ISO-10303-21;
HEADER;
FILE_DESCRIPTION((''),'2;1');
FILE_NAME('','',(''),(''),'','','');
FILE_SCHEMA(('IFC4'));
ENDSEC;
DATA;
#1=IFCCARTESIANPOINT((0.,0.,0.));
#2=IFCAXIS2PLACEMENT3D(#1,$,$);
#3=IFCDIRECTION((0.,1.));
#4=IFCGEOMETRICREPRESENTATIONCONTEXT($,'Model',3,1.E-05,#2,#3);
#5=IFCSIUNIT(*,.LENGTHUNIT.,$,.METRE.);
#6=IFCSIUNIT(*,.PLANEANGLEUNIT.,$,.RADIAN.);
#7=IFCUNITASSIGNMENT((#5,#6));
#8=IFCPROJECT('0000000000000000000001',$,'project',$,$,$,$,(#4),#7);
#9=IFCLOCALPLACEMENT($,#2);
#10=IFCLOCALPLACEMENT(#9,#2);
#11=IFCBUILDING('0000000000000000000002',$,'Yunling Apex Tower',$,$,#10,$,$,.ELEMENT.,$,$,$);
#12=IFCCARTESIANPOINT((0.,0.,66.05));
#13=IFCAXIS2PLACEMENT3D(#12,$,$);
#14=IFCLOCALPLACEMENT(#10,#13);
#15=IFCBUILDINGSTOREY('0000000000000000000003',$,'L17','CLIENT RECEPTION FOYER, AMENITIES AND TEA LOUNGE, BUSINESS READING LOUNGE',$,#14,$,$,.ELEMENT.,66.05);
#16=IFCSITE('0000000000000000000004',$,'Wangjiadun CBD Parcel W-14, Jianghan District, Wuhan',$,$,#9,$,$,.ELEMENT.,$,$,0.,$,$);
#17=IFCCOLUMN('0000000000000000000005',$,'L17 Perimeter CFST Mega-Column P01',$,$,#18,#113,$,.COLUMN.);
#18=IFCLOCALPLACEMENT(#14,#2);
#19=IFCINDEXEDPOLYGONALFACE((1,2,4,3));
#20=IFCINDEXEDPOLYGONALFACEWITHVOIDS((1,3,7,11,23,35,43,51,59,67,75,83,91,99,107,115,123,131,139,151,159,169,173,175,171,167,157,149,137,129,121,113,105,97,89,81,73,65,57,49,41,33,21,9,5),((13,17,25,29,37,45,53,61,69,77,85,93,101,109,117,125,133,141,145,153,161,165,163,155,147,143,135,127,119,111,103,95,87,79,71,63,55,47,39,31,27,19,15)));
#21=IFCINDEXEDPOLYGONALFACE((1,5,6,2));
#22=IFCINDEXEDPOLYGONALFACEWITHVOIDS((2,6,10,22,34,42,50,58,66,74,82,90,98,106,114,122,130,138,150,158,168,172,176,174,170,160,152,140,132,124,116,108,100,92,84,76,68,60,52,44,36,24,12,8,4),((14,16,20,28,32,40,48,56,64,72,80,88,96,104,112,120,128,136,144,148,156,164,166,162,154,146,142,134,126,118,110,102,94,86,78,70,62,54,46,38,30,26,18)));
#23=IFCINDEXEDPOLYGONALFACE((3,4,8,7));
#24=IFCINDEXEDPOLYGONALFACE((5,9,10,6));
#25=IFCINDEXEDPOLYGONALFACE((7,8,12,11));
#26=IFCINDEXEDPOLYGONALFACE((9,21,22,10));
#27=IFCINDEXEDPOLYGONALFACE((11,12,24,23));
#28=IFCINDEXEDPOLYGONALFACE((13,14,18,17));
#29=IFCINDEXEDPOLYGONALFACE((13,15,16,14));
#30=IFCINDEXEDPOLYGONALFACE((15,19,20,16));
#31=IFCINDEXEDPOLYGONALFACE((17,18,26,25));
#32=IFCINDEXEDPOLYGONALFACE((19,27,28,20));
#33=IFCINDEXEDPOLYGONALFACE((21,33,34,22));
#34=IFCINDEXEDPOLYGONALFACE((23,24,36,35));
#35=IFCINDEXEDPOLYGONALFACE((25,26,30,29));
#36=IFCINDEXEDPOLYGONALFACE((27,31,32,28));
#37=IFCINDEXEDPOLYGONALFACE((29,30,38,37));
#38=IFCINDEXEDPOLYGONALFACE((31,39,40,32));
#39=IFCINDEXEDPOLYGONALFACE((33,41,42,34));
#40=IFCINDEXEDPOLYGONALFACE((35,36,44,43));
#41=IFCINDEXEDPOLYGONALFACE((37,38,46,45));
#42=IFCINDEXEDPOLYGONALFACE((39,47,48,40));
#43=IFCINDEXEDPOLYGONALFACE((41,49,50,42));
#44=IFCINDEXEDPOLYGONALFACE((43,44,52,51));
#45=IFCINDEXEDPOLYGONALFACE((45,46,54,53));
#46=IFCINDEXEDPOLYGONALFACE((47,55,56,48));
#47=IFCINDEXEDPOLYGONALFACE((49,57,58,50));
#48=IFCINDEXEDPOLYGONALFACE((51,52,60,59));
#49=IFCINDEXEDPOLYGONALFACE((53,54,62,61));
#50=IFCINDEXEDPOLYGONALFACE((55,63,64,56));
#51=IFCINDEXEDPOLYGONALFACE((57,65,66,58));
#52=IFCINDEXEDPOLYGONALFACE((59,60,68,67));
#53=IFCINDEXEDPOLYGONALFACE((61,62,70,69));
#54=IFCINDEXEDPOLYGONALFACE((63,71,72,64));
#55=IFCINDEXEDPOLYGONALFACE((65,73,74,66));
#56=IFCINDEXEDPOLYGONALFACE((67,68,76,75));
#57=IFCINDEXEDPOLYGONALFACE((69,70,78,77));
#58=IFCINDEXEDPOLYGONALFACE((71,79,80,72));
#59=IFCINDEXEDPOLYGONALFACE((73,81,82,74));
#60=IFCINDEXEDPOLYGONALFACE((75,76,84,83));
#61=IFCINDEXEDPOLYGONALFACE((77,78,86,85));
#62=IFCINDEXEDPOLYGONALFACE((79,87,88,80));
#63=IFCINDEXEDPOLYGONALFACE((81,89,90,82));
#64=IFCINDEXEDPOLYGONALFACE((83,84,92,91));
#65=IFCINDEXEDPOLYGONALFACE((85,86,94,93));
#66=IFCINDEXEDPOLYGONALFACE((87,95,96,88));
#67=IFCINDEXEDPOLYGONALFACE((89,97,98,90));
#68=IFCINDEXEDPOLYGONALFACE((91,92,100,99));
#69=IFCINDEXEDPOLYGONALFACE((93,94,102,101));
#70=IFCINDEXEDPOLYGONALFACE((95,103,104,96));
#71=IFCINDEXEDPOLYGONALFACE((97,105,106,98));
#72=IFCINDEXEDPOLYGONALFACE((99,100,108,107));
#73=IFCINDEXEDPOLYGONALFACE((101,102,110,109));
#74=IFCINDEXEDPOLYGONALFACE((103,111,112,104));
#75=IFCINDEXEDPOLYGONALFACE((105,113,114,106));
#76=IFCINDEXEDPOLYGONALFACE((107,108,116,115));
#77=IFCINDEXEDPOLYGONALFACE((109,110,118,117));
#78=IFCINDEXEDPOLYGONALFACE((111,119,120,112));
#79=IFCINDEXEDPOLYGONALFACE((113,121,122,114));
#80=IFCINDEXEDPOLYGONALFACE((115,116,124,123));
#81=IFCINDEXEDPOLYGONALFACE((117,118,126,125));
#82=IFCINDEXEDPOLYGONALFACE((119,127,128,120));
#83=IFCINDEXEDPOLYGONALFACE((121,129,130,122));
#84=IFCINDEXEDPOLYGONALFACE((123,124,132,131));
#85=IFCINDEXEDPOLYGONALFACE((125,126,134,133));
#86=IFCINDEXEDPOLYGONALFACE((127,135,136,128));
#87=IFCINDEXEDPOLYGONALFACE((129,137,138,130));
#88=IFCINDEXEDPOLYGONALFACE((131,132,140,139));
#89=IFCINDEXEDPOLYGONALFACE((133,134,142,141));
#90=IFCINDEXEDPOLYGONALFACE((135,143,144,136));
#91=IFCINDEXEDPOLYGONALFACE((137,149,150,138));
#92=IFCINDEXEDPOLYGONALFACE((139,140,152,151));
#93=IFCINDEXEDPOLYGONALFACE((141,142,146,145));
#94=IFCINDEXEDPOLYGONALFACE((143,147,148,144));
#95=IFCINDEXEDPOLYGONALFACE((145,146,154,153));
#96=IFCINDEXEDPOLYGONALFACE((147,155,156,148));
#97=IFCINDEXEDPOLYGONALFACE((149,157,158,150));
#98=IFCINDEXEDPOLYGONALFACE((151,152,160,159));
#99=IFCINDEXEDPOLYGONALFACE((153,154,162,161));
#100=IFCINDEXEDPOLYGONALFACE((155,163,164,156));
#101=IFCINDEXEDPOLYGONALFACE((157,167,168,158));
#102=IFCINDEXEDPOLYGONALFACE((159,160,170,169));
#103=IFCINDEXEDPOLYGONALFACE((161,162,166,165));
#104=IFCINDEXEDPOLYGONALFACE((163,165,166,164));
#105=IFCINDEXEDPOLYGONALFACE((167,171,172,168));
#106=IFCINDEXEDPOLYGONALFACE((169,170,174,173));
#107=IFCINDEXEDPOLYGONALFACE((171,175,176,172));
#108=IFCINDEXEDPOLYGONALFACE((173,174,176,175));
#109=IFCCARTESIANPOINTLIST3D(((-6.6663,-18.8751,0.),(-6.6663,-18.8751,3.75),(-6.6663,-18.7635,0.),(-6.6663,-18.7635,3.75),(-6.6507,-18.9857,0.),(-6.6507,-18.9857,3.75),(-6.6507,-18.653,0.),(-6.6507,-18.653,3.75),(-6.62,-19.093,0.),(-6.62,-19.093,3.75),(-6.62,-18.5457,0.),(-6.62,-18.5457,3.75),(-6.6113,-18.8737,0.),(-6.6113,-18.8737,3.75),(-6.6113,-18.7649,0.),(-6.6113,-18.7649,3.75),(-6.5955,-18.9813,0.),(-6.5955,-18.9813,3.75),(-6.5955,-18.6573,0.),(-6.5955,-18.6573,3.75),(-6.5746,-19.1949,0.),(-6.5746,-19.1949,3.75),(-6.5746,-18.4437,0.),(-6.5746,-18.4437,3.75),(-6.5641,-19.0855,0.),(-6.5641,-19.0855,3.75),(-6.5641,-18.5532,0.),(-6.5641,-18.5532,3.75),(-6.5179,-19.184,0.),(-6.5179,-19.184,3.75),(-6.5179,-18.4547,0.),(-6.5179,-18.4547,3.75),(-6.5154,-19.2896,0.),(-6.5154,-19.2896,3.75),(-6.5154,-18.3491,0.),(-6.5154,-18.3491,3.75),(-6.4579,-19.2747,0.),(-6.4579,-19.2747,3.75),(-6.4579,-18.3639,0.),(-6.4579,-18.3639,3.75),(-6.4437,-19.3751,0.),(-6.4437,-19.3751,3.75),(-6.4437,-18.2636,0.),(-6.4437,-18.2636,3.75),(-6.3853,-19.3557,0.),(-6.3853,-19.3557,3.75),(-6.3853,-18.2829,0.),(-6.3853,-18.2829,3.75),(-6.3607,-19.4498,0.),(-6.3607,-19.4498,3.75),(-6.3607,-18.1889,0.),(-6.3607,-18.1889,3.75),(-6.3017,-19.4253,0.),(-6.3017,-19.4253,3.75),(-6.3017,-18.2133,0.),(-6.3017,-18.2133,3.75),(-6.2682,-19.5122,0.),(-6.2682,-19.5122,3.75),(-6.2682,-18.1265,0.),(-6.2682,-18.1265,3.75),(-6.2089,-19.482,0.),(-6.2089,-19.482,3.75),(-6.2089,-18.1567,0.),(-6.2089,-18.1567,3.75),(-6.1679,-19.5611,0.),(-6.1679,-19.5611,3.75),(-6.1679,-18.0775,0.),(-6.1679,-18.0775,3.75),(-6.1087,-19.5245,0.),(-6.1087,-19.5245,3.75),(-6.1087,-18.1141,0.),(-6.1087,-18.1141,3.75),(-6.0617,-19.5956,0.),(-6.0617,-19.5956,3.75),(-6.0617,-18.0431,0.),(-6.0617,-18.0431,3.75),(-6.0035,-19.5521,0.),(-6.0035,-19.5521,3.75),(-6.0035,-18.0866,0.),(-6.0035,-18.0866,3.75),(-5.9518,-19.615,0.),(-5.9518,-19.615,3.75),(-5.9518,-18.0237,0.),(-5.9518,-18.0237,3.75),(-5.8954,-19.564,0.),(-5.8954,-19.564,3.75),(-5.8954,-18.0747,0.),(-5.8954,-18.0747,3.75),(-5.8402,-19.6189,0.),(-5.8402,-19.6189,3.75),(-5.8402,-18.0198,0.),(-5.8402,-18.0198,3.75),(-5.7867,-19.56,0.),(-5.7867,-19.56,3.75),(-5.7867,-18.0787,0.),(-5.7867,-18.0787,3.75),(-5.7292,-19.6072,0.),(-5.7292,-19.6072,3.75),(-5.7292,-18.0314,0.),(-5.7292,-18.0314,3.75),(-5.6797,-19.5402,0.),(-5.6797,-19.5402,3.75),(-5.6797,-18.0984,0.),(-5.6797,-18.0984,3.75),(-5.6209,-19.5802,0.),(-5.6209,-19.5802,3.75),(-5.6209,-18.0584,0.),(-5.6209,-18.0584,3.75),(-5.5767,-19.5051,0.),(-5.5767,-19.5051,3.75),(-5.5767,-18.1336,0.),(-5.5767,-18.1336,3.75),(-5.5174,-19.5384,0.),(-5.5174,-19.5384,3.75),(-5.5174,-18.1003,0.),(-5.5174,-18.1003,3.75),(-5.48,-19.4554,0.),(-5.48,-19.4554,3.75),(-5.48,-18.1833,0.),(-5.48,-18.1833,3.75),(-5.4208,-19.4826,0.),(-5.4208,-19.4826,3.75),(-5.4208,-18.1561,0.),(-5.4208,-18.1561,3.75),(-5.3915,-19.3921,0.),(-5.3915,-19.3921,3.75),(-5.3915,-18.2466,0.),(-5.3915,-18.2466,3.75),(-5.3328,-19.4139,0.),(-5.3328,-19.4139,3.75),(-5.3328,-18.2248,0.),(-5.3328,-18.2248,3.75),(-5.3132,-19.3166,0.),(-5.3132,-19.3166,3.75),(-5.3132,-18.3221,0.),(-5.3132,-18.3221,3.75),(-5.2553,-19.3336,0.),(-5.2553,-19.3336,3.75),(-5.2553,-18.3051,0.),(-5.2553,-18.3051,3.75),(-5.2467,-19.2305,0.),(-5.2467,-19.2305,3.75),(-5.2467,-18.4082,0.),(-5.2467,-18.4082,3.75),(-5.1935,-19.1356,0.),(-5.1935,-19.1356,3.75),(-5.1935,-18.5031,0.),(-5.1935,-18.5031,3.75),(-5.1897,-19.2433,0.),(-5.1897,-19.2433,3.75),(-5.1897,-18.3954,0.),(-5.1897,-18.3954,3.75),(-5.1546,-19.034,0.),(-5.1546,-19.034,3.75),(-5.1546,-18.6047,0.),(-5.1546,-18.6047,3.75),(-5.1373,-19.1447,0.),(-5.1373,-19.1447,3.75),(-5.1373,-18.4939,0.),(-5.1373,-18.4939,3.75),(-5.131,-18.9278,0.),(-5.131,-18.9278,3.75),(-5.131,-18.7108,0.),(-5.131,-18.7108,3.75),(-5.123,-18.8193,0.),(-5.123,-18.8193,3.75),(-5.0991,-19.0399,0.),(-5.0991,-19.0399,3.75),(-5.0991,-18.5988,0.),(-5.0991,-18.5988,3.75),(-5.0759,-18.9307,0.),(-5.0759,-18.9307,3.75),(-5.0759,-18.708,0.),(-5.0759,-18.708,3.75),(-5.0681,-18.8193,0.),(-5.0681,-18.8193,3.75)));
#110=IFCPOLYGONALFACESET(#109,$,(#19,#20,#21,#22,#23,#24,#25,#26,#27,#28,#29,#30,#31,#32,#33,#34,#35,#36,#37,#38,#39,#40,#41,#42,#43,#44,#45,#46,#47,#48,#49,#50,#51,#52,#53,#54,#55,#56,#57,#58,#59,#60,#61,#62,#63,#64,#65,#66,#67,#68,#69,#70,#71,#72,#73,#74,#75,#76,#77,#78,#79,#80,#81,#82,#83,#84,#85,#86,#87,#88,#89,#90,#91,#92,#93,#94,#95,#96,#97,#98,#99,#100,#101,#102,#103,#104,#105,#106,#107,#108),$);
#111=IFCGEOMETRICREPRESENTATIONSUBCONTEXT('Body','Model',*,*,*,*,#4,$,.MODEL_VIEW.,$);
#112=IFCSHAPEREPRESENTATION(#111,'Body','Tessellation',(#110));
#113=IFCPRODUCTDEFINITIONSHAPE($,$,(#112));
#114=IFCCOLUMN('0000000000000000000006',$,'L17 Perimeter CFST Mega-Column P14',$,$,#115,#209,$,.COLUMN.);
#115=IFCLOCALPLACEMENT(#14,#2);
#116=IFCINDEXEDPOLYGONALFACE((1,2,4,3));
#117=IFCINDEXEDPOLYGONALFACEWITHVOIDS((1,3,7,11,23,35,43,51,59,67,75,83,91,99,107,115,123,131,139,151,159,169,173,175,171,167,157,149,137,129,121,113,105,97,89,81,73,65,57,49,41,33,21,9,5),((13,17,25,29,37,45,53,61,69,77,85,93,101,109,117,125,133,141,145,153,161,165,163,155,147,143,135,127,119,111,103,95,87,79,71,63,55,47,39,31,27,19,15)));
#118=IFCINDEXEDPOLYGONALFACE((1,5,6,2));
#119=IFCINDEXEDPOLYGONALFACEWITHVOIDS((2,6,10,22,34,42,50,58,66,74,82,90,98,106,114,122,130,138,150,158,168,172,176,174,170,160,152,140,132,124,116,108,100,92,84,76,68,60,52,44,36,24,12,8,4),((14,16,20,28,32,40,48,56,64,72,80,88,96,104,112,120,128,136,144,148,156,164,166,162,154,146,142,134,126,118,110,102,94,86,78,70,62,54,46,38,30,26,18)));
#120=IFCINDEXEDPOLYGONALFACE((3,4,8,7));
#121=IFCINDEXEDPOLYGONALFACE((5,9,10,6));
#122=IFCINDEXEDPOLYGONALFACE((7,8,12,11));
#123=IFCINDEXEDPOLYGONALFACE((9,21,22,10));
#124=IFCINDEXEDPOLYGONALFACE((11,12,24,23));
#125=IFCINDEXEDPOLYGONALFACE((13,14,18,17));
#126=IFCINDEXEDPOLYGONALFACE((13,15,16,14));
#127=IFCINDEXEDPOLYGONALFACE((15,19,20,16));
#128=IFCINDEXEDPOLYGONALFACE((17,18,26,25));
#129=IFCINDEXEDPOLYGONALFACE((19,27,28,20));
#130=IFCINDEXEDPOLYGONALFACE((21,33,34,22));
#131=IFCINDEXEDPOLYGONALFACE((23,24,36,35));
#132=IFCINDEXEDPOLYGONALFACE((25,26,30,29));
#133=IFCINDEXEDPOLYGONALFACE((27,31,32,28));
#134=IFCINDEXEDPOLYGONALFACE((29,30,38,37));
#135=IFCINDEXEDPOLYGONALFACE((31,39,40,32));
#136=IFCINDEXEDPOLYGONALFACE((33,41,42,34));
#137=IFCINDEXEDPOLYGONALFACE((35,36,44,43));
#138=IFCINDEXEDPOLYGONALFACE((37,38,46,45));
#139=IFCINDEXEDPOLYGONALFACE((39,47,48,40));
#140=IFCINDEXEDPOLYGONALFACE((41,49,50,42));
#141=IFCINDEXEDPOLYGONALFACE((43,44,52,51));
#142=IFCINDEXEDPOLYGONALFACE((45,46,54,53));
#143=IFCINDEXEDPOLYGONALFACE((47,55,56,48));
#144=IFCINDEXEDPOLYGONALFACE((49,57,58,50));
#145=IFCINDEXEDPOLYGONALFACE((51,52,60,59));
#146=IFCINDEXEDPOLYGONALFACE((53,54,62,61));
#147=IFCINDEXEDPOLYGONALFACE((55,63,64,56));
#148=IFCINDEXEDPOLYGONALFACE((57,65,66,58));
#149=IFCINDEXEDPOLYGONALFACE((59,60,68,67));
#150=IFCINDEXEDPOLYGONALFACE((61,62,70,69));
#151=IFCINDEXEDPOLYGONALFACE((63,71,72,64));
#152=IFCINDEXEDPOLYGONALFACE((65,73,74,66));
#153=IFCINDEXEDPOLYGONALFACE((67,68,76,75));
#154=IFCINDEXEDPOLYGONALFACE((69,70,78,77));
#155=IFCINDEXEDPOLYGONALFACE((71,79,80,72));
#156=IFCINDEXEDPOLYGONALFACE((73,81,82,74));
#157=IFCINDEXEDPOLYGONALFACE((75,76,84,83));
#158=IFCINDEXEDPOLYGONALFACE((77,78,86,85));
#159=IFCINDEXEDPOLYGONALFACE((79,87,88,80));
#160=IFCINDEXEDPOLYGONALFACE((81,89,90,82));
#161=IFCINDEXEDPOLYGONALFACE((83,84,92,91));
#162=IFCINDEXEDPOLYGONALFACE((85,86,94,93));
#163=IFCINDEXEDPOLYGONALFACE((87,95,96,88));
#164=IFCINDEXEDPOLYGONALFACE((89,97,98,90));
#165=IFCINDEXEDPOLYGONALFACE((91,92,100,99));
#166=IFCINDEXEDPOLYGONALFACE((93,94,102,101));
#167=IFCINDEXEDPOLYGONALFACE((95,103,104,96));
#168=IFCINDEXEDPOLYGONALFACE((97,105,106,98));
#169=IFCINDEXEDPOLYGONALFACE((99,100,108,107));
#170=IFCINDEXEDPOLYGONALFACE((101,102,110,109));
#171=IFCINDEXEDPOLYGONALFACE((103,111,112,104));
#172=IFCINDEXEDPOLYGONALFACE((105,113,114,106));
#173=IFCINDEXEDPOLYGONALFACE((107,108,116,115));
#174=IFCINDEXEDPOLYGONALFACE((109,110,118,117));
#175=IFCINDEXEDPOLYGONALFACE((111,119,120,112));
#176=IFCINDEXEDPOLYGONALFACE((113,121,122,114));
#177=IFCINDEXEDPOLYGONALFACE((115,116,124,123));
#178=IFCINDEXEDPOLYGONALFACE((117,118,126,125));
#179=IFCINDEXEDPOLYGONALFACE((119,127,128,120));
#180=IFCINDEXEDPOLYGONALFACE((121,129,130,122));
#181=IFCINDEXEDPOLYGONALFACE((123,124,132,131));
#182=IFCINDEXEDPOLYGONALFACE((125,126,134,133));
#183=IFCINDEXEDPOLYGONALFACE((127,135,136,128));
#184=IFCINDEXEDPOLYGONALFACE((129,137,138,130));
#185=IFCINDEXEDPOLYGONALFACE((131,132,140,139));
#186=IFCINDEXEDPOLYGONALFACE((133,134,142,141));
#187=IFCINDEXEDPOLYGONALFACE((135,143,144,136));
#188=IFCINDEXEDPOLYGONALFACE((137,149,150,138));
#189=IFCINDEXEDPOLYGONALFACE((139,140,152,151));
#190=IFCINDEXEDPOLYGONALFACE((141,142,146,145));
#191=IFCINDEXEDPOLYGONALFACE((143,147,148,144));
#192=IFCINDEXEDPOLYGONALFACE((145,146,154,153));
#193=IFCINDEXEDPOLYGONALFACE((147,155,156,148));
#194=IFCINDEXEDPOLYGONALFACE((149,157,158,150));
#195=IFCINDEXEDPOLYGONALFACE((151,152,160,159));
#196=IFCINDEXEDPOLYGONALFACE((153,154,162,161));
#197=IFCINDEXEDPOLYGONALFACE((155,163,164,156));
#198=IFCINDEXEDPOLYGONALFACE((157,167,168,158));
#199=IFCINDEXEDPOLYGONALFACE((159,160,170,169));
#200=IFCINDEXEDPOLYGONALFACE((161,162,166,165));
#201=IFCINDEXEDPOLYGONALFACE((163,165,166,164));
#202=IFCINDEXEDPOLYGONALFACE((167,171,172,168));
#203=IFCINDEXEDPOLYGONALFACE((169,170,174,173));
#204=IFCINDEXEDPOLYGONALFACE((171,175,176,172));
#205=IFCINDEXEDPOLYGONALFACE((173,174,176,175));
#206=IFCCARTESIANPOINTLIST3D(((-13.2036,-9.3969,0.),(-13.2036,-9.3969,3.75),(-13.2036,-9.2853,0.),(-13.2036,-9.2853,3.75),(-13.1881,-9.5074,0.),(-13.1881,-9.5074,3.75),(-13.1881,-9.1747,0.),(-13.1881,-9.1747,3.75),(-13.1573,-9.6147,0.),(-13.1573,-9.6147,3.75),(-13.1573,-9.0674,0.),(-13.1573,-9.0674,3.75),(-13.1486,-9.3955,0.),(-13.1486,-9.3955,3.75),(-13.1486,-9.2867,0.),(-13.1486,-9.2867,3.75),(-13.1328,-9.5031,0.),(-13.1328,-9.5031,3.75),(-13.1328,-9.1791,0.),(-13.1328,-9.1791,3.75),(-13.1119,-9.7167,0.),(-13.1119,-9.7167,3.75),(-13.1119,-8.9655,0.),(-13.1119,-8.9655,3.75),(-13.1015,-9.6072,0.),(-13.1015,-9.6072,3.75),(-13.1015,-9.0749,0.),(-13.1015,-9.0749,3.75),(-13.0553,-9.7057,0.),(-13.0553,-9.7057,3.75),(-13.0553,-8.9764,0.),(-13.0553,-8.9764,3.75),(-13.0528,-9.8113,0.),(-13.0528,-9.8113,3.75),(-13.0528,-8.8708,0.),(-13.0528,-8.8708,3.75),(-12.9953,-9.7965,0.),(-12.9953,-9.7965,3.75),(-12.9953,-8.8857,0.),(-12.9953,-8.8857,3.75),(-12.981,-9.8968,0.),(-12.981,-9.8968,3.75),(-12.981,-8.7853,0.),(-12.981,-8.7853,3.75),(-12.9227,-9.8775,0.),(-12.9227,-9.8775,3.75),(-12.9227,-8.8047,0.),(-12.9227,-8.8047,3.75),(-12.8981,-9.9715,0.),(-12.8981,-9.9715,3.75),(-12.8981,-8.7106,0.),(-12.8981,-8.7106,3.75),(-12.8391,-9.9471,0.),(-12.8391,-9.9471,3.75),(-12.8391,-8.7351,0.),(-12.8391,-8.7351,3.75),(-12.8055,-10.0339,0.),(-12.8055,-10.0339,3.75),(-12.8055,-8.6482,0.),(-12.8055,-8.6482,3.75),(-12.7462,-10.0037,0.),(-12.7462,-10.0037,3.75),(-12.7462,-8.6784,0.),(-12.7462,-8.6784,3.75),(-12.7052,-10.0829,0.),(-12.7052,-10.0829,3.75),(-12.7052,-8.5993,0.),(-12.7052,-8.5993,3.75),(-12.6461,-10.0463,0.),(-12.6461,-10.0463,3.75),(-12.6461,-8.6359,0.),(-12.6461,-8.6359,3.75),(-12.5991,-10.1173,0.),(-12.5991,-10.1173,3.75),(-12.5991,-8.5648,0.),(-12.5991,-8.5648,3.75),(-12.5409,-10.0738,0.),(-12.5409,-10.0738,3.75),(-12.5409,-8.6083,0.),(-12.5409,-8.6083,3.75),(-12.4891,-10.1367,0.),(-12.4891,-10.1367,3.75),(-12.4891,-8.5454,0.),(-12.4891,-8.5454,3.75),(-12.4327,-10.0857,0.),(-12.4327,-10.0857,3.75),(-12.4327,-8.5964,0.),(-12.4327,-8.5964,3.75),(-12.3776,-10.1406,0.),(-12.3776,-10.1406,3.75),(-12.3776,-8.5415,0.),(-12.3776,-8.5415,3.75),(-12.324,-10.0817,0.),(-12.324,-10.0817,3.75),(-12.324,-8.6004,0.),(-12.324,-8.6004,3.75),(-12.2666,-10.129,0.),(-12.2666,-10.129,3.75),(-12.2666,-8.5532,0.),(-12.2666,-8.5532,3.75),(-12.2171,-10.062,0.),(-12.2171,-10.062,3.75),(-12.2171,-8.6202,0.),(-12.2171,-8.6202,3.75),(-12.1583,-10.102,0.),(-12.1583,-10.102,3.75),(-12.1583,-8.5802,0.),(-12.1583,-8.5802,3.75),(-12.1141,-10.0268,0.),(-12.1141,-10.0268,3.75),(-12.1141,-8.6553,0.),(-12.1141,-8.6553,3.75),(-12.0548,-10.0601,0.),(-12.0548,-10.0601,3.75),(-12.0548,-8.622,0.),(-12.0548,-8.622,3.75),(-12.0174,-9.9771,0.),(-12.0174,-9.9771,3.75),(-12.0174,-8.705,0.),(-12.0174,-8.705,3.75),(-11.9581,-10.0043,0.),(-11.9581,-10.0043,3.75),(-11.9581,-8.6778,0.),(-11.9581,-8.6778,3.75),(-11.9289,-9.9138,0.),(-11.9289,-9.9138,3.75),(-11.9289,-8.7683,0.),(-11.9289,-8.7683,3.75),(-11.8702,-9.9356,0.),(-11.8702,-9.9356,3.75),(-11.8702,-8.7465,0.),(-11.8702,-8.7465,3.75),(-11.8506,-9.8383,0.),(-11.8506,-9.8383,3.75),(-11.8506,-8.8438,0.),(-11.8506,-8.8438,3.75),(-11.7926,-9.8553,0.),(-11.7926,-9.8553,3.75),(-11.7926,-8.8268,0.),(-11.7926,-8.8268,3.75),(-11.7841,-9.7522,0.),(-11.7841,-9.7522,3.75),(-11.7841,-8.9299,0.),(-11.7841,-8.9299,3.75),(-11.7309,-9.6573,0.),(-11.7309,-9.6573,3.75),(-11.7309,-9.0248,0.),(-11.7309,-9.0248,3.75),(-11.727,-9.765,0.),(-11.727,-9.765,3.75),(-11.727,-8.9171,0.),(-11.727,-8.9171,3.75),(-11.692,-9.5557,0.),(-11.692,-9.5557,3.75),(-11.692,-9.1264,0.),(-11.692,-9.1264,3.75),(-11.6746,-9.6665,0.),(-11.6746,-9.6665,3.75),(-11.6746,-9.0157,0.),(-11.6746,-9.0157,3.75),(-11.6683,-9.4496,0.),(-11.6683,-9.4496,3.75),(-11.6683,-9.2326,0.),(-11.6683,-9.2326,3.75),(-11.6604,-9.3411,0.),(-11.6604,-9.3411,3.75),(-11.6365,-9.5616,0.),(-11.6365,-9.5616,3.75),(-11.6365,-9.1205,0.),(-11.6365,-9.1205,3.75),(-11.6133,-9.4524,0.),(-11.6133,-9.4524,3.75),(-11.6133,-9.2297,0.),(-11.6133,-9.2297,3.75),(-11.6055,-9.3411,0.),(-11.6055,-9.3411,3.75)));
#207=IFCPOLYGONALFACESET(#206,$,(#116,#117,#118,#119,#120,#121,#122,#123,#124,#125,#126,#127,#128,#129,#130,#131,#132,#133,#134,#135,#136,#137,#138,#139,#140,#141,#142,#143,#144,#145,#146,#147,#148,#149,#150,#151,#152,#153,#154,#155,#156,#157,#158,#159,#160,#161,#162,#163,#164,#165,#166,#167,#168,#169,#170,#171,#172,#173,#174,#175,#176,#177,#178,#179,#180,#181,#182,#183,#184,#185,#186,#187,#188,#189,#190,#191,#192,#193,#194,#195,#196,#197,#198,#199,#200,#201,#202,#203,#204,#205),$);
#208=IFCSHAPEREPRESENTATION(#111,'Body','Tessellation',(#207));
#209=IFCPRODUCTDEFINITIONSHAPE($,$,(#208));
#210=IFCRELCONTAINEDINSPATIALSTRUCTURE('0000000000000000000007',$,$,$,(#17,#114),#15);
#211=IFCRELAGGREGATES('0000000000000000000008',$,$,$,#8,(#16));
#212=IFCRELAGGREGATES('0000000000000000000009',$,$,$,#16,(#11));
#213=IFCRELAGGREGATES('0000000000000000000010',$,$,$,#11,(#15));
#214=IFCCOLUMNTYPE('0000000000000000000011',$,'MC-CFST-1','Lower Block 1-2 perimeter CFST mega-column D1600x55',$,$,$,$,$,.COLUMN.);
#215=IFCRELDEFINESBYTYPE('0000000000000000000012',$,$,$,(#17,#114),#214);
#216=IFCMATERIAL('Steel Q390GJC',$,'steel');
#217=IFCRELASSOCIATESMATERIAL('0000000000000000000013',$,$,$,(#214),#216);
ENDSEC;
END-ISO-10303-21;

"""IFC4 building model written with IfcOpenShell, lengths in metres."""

from ifc_helpers import new_model, si_unit, direction, frame, origin, origin_2d, place, context, subcontext, project, spatial, hollow_circle, extrude, source, transform, mapped, material, material_profile, profile_set, type_object, element, save


model = new_model("IFC4")

# Units and contexts
model_context = context("Model", 3, precision=1e-05, world=origin(), true_north=direction((0.0, 1.0)))
body_context = subcontext(model_context, "Body", "Model", "MODEL_VIEW")
ifc_project = project(units=[si_unit("LENGTHUNIT", "METRE"), si_unit("PLANEANGLEUNIT", "RADIAN")], contexts=[model_context])

# Site, building, storey
site_placement = place(None, origin())
site = spatial("IfcSite", under=ifc_project, at=site_placement, Name="Wangjiadun CBD Parcel W-14, Jianghan District, Wuhan", CompositionType="ELEMENT", RefElevation=0.0)
building_placement = place(site_placement, origin())
building = spatial("IfcBuilding", under=site, at=building_placement, Name="Yunling Apex Tower", CompositionType="ELEMENT")
storey_placement = place(building_placement, frame((0.0, 0.0, 66.05)))
storey = spatial("IfcBuildingStorey", under=building, at=storey_placement, Name="L17", Description="CLIENT RECEPTION FOYER, AMENITIES AND TEA LOUNGE, BUSINESS READING LOUNGE", CompositionType="ELEMENT", Elevation=66.05)

# Columns
ifc_material_1 = material(Name="Steel Q390GJC", Category="steel")
ifc_material_profile_1 = material_profile(ifc_material_1, hollow_circle(Radius=0.8, WallThickness=0.0549, at=origin_2d()))
ifc_profile_set_1 = profile_set([ifc_material_profile_1], Name="Steel Q390GJC")
column_type = type_object("IfcColumnType", Name="MC-CFST-1", Description="Lower Block 1-2 perimeter CFST mega-column D1600x55", PredefinedType="COLUMN", material=ifc_profile_set_1)
shared_shape_1 = source(origin(), body_context, "Body", "SweptSolid", [
    extrude(hollow_circle(Radius=0.8, WallThickness=0.0549, at=origin_2d()), origin(), (0.0, 0.0, 1.0), 3.75),
])
for number, where, z_axis, x_axis, name in (
    (1, (-5.8682, -18.8193, 0.0), (0.0, 0.0, 1.0), (1.0, 0.0, 0.0), "L17 Perimeter CFST Mega-Column P01"),
    (2, (-12.4055, -9.3411, 0.0), (0.0, 0.0, 1.0), (1.0, 0.0, 0.0), "L17 Perimeter CFST Mega-Column P14"),
):
    element("IfcColumn", number, at=place(storey_placement, frame(where, z_axis=z_axis, x_axis=x_axis)), inside=storey, type_object=column_type, Name=name, PredefinedType="COLUMN", context=body_context, shape_type="MappedRepresentation", body=[
        mapped(shared_shape_1, transform((0.0, 0.0, 0.0), scale=1.0)),
    ])

save(model, "model.ifc")
